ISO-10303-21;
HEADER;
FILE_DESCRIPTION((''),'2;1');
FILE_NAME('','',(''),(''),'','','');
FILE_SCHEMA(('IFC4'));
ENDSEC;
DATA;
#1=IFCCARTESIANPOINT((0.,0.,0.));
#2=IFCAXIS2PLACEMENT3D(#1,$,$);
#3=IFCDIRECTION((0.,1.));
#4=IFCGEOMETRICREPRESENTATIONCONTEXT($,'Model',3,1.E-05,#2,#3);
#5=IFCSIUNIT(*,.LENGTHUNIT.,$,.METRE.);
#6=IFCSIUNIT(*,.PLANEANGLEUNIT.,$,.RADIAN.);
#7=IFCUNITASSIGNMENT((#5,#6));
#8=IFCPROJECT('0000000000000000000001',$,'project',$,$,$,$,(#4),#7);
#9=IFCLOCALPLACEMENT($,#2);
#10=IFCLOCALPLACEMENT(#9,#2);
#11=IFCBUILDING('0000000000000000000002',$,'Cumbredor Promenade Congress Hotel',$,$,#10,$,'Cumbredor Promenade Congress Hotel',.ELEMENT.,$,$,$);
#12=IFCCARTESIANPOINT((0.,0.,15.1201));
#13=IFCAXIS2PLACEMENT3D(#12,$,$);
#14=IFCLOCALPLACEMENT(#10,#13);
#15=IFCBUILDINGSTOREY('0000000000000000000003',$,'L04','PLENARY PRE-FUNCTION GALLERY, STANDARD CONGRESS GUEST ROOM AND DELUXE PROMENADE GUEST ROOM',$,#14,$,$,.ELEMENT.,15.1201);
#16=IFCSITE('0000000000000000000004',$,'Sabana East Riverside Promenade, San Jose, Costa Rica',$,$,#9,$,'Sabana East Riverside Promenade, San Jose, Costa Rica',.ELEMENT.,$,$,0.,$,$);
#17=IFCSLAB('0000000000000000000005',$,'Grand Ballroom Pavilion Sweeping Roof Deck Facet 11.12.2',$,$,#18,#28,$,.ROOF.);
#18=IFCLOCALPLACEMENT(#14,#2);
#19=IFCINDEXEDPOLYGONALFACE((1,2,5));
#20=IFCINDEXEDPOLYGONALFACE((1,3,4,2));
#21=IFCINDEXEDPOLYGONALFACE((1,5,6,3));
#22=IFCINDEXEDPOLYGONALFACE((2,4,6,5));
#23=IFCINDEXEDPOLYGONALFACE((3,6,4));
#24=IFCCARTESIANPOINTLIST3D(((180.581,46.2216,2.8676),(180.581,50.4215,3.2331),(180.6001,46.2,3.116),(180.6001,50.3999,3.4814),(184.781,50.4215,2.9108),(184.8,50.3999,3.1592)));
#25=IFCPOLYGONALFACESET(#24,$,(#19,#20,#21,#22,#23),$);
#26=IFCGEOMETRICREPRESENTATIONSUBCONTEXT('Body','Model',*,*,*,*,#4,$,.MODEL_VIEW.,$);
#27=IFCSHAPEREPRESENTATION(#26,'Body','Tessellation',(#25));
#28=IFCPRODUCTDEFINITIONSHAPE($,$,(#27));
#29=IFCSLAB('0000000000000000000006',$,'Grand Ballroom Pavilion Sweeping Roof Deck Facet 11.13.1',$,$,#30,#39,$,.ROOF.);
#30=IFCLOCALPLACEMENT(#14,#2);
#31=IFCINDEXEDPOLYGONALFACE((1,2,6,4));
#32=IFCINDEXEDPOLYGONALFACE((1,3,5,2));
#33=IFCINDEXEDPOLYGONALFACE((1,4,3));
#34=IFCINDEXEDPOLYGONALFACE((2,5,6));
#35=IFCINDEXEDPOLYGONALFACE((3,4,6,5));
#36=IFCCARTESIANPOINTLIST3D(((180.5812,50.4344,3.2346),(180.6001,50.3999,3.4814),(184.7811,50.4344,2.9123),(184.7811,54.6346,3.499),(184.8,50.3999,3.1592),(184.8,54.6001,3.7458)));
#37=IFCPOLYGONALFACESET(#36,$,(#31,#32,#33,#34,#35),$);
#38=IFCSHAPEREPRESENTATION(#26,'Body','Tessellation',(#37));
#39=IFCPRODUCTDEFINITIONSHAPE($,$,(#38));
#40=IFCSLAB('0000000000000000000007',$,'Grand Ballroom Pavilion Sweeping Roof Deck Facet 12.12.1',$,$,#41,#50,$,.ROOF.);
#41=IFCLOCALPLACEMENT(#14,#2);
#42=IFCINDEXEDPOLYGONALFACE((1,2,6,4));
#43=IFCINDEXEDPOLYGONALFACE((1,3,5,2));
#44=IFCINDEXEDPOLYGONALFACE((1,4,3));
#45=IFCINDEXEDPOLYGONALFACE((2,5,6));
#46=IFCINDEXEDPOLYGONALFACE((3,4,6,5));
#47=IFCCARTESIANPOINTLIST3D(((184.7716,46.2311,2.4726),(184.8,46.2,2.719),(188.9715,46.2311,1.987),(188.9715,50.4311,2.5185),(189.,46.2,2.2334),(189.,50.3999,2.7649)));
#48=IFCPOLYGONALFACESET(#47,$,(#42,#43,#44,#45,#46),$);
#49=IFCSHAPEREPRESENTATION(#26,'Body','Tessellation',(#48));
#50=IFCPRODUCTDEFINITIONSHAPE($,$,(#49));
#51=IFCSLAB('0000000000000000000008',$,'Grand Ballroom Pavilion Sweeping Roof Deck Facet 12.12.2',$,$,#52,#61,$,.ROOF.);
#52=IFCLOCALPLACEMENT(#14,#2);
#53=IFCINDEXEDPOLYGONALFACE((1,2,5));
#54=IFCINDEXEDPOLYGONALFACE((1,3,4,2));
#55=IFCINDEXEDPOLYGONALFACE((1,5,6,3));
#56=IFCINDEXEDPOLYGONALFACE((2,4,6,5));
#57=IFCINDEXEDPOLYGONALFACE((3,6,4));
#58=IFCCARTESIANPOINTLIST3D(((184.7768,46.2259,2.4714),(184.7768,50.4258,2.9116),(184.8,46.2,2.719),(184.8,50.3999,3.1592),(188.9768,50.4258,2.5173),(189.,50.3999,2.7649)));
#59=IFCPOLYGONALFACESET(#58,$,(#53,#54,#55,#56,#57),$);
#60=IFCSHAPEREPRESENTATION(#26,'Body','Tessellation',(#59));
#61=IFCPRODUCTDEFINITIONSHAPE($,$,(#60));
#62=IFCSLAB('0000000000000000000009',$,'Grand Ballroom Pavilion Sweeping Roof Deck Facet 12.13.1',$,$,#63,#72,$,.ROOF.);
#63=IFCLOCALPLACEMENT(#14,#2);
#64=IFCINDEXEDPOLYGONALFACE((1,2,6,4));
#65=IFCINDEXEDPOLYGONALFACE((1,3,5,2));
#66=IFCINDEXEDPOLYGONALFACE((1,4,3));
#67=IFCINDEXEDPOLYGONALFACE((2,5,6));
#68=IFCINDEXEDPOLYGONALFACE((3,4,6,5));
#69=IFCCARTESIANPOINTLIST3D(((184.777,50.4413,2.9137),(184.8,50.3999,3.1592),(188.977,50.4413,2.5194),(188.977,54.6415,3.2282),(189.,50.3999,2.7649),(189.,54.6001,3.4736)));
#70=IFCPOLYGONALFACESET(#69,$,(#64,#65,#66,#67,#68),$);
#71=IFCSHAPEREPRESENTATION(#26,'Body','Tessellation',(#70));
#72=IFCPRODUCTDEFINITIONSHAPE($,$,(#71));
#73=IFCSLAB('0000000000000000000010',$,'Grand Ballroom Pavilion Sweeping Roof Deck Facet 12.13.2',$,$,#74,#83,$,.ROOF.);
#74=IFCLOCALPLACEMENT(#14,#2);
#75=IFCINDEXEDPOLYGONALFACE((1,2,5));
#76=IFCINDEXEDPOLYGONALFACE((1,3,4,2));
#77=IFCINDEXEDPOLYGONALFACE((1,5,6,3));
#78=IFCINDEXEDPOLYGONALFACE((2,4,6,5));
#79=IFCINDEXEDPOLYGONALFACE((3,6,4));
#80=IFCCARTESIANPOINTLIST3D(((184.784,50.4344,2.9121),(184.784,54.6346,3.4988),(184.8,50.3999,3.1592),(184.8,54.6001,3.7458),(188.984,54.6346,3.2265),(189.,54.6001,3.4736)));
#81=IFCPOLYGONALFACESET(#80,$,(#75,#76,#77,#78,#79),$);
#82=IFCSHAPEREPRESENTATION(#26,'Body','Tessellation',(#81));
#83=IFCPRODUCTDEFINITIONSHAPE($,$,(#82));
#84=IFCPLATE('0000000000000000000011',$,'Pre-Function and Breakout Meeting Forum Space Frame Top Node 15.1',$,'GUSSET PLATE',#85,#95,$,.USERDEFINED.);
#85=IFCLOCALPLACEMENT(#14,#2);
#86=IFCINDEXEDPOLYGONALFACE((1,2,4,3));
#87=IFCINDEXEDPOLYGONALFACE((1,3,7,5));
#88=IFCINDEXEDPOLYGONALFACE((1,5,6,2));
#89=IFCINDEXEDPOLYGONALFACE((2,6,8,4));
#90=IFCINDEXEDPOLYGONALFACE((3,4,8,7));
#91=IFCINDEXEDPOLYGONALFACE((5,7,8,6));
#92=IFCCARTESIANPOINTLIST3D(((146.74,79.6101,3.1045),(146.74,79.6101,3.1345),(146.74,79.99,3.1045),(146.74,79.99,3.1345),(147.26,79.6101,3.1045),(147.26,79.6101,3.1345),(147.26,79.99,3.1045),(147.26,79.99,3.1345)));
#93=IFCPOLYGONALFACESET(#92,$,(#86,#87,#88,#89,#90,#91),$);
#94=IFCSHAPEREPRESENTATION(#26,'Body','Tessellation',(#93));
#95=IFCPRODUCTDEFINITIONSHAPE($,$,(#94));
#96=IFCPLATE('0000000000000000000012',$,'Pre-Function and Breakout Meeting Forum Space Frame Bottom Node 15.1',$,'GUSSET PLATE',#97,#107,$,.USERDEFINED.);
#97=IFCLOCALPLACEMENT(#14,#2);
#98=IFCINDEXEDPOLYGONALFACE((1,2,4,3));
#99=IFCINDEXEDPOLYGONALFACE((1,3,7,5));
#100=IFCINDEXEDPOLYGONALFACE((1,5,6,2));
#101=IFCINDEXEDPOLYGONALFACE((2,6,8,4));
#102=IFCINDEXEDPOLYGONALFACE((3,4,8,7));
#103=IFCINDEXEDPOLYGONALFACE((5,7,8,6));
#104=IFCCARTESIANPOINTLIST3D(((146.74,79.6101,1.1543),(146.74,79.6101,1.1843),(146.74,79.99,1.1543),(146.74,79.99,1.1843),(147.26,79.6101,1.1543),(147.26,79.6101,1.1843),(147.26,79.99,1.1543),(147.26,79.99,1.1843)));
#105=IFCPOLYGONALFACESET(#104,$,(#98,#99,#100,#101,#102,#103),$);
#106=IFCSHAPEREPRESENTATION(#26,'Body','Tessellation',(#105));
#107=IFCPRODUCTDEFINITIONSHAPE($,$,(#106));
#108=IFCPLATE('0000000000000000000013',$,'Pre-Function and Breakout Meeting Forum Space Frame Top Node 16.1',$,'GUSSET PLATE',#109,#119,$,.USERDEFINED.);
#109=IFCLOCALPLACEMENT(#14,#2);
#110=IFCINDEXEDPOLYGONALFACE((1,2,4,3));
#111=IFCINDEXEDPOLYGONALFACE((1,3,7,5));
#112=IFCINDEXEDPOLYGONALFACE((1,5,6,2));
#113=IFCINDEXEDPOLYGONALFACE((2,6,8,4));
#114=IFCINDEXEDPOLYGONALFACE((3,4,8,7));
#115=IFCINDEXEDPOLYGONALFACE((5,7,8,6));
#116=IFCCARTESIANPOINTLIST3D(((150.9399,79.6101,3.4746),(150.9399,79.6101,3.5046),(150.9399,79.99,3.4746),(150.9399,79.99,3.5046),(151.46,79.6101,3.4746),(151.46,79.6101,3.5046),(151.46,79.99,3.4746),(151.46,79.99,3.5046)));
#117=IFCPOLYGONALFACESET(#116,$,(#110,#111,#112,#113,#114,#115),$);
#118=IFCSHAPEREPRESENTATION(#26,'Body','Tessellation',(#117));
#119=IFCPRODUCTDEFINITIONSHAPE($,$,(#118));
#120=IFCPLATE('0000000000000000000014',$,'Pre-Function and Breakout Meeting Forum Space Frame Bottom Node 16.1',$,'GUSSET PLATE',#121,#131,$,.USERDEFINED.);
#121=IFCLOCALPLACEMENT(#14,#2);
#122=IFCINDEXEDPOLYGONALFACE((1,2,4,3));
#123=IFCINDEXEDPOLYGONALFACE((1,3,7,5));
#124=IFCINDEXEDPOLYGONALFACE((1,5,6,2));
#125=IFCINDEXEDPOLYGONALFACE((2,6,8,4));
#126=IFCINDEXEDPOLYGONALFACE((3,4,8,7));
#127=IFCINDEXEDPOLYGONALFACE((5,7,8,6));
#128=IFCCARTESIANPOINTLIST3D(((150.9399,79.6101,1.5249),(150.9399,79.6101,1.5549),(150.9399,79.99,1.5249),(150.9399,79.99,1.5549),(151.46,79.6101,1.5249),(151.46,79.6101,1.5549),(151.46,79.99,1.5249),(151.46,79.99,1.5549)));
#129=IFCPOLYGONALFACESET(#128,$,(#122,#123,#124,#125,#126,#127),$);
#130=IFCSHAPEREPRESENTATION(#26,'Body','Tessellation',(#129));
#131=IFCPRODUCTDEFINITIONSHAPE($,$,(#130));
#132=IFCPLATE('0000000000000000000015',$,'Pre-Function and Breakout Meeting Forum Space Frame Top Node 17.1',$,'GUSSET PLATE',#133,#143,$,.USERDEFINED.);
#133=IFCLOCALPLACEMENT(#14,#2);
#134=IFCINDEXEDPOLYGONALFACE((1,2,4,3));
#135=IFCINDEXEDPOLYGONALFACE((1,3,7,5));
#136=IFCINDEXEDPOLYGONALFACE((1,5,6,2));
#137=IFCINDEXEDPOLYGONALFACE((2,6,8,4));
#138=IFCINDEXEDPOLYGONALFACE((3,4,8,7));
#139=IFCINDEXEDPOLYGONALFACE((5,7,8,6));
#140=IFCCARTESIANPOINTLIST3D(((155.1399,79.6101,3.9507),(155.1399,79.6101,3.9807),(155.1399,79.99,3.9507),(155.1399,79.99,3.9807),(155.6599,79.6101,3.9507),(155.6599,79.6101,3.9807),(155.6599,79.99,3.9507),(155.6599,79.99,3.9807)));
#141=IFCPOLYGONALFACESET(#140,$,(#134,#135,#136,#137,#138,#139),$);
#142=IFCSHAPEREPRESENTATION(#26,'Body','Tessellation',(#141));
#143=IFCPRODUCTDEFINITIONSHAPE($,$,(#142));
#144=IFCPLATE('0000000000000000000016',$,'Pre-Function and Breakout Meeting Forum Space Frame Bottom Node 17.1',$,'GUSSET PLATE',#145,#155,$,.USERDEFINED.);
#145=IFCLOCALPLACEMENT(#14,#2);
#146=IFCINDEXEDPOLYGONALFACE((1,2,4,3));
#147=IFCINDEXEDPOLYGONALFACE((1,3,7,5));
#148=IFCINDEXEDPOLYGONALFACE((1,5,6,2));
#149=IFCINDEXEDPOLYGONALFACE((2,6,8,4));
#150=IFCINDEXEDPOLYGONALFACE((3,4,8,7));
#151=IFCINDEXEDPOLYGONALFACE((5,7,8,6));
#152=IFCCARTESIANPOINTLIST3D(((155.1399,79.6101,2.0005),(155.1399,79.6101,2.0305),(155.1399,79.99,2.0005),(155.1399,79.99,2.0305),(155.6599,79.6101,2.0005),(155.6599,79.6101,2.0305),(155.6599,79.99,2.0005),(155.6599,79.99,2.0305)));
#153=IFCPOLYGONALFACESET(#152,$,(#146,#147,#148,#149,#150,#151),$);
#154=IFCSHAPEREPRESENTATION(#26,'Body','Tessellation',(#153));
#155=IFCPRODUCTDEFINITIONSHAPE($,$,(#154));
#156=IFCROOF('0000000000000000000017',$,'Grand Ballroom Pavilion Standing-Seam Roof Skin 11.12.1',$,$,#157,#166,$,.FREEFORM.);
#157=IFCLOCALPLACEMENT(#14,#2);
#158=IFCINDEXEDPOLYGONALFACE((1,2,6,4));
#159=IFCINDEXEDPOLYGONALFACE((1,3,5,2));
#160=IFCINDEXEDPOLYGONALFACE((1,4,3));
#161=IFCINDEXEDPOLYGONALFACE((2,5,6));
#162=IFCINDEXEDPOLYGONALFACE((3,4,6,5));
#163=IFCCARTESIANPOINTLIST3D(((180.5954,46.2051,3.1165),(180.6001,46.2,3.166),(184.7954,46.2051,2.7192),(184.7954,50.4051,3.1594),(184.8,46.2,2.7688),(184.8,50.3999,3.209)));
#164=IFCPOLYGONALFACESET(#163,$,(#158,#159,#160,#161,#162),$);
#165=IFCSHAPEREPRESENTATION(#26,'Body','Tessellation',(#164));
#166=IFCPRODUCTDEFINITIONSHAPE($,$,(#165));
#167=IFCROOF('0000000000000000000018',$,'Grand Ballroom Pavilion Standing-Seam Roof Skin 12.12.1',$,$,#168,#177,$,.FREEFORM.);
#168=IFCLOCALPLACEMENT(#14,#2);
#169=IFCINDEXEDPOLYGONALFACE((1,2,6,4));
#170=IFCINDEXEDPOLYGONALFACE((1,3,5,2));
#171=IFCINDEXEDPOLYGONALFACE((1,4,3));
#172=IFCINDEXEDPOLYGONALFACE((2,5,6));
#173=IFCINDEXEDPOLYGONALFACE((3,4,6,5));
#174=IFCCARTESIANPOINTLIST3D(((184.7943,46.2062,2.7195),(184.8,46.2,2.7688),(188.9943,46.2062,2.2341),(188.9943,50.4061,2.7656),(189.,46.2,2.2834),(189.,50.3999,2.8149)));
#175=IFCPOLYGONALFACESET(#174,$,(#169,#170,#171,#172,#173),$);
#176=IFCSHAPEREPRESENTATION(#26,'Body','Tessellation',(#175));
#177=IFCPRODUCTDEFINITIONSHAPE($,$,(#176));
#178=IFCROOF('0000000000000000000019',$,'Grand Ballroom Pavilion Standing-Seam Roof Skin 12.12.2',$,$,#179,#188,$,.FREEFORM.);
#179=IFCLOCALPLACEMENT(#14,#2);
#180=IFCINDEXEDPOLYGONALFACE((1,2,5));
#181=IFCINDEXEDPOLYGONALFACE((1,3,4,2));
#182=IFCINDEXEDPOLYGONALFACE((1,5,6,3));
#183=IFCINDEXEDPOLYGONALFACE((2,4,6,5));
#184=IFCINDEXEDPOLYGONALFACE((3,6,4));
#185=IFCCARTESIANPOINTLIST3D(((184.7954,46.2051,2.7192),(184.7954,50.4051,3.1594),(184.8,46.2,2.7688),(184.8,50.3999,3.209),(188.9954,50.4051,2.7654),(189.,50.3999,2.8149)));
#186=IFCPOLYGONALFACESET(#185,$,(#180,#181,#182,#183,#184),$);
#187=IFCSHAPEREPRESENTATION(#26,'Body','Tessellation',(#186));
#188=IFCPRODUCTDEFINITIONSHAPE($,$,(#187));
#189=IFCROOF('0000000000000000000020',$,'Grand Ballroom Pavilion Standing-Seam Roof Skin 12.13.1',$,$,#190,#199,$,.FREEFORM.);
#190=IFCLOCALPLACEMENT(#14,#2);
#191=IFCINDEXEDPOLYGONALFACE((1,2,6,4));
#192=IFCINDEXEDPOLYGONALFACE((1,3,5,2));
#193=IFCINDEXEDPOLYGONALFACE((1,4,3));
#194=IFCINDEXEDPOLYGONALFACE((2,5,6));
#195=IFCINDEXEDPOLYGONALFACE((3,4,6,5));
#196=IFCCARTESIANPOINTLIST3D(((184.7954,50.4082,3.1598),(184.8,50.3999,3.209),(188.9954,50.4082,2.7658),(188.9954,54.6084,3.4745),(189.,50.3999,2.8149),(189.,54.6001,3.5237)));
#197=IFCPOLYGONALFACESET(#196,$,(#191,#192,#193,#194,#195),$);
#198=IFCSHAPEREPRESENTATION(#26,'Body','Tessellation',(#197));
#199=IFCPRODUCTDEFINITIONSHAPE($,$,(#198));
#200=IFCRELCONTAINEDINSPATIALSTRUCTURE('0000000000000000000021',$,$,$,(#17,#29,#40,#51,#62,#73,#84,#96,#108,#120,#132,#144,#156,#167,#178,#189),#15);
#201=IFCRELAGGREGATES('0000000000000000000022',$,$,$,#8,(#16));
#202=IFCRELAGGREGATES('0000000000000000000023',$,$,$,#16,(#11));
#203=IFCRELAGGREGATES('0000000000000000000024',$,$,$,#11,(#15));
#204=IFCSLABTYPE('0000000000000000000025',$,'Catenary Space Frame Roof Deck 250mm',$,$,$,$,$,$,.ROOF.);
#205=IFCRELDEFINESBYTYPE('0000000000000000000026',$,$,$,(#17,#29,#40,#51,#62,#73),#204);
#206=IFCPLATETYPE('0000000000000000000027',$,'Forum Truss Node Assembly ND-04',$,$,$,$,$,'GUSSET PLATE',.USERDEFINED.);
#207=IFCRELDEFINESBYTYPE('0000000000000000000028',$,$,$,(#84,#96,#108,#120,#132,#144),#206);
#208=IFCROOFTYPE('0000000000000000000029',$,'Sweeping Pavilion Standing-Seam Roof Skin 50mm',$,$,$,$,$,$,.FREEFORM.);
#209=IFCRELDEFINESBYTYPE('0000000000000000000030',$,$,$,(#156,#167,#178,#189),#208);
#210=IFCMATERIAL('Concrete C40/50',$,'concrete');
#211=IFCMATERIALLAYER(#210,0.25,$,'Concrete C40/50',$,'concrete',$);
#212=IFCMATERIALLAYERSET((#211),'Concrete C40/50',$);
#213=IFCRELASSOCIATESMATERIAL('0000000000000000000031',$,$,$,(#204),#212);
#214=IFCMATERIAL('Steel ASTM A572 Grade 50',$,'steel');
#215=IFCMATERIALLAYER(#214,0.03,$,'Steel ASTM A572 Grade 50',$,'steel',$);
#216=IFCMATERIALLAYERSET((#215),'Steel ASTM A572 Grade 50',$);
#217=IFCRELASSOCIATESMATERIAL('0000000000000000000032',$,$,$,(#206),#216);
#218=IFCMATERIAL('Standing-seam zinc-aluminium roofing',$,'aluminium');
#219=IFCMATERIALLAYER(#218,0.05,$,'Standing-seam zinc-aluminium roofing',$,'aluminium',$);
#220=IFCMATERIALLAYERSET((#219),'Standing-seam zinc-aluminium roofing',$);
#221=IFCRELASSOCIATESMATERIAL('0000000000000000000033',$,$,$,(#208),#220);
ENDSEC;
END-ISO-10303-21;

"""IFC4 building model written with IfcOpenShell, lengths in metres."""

from ifc_helpers import new_model, si_unit, direction, frame, origin, origin_2d, place, context, subcontext, project, spatial, polyline, rectangle, outline, extrude, material, layer, layer_set, type_object, element, save


model = new_model("IFC4")

# Units and contexts
model_context = context("Model", 3, precision=1e-05, world=origin(), true_north=direction((0.0, 1.0)))
body_context = subcontext(model_context, "Body", "Model", "MODEL_VIEW")
ifc_project = project(units=[si_unit("LENGTHUNIT", "METRE"), si_unit("PLANEANGLEUNIT", "RADIAN")], contexts=[model_context])

# Site, building, storey
site_placement = place(None, origin())
site = spatial("IfcSite", under=ifc_project, at=site_placement, Name="Sabana East Riverside Promenade, San Jose, Costa Rica", LongName="Sabana East Riverside Promenade, San Jose, Costa Rica", CompositionType="ELEMENT", RefElevation=0.0)
building_placement = place(site_placement, origin())
building = spatial("IfcBuilding", under=site, at=building_placement, Name="Cumbredor Promenade Congress Hotel", LongName="Cumbredor Promenade Congress Hotel", CompositionType="ELEMENT")
storey_placement = place(building_placement, frame((0.0, 0.0, 15.1201)))
storey = spatial("IfcBuildingStorey", under=building, at=storey_placement, Name="L04", Description="PLENARY PRE-FUNCTION GALLERY, STANDARD CONGRESS GUEST ROOM AND DELUXE PROMENADE GUEST ROOM", CompositionType="ELEMENT", Elevation=15.1201)

# Slabs
ifc_material_1 = material(Name="Concrete C40/50", Category="concrete")
ifc_layer_1 = layer(ifc_material_1, 0.25, Name="Concrete C40/50", Category="concrete")
ifc_layer_set_1 = layer_set([ifc_layer_1], Name="Concrete C40/50")
slab_type = type_object("IfcSlabType", Name="Catenary Space Frame Roof Deck 250mm", PredefinedType="ROOF", material=ifc_layer_set_1)
slab_1_placement = place(storey_placement, frame((180.6001, 46.2, 3.116), z_axis=(0.07622, -0.08644, 0.993337), x_axis=(0.707088, 0.707088, 0.007275)))
element("IfcSlab", 1, at=slab_1_placement, inside=storey, type_object=slab_type, Name="Grand Ballroom Pavilion Sweeping Roof Deck Facet 11.12.2", PredefinedType="ROOF", context=body_context, shape_type="SweptSolid", body=[
    extrude(outline(polyline([(0.0, 0.0), (5.9398, 0.0), (2.9724, 2.9897), (0.0, 0.0)])), origin(), (0.0, 0.0, -1.0), 0.25),
])
slab_2_placement = place(storey_placement, frame((180.6001, 50.3999, 3.4814), z_axis=(0.075775, -0.137936, 0.987538), x_axis=(0.997069, 0.0, -0.076506)))
element("IfcSlab", 2, at=slab_2_placement, inside=storey, type_object=slab_type, Name="Grand Ballroom Pavilion Sweeping Roof Deck Facet 11.13.1", PredefinedType="ROOF", context=body_context, shape_type="SweptSolid", body=[
    extrude(outline(polyline([(0.0, 0.0), (4.2123, 0.0), (4.1674, 4.2407), (0.0, 0.0)])), origin(), (0.0, 0.0, -1.0), 0.25),
])
slab_3_placement = place(storey_placement, frame((184.8, 46.2, 2.719), z_axis=(0.113957, -0.124729, 0.985625), x_axis=(0.993382, 0.0, -0.114854)))
element("IfcSlab", 3, at=slab_3_placement, inside=storey, type_object=slab_type, Name="Grand Ballroom Pavilion Sweeping Roof Deck Facet 12.12.1", PredefinedType="ROOF", context=body_context, shape_type="SweptSolid", body=[
    extrude(outline(polyline([(0.0, 0.0), (4.2279, 0.0), (4.1669, 4.233), (0.0, 0.0)])), origin(), (0.0, 0.0, -1.0), 0.25),
])
slab_4_placement = place(storey_placement, frame((184.8, 46.2, 2.719), z_axis=(0.092963, -0.103785, 0.990246), x_axis=(0.707086, 0.707086, 0.007727)))
element("IfcSlab", 4, at=slab_4_placement, inside=storey, type_object=slab_type, Name="Grand Ballroom Pavilion Sweeping Roof Deck Facet 12.12.2", PredefinedType="ROOF", context=body_context, shape_type="SweptSolid", body=[
    extrude(outline(polyline([(0.0, 0.0), (5.9398, 0.0), (2.9731, 2.999), (0.0, 0.0)])), origin(), (0.0, 0.0, -1.0), 0.25),
])
slab_5_placement = place(storey_placement, frame((184.8, 50.3999, 3.1592), z_axis=(0.092176, -0.165679, 0.981862), x_axis=(0.995622, 0.0, -0.093468)))
element("IfcSlab", 5, at=slab_5_placement, inside=storey, type_object=slab_type, Name="Grand Ballroom Pavilion Sweeping Roof Deck Facet 12.13.1", PredefinedType="ROOF", context=body_context, shape_type="SweptSolid", body=[
    extrude(outline(polyline([(0.0, 0.0), (4.2184, 0.0), (4.1522, 4.2591), (0.0, 0.0)])), origin(), (0.0, 0.0, -1.0), 0.25),
])
slab_6_placement = place(storey_placement, frame((184.8, 50.3999, 3.1592), z_axis=(0.064059, -0.13805, 0.988351), x_axis=(0.706097, 0.706138, 0.052866)))
element("IfcSlab", 6, at=slab_6_placement, inside=storey, type_object=slab_type, Name="Grand Ballroom Pavilion Sweeping Roof Deck Facet 12.13.2", PredefinedType="ROOF", context=body_context, shape_type="SweptSolid", body=[
    extrude(outline(polyline([(0.0, 0.0), (5.9481, 0.0), (2.9969, 3.0007), (0.0, 0.0)])), origin(), (0.0, 0.0, -1.0), 0.25),
])

# Plates
ifc_material_2 = material(Name="Steel ASTM A572 Grade 50", Category="steel")
ifc_layer_2 = layer(ifc_material_2, 0.03, Name="Steel ASTM A572 Grade 50", Category="steel")
ifc_layer_set_2 = layer_set([ifc_layer_2], Name="Steel ASTM A572 Grade 50")
plate_type = type_object("IfcPlateType", Name="Forum Truss Node Assembly ND-04", ElementType="GUSSET PLATE", PredefinedType="USERDEFINED", material=ifc_layer_set_2)
for number, where, z_axis, x_axis, name in (
    (7, (147.0, 79.8, 3.1045), (0.0, 0.0, 1.0), (1.0, 0.0, 0.0), "Pre-Function and Breakout Meeting Forum Space Frame Top Node 15.1"),
    (8, (147.0, 79.8, 1.1543), (0.0, 0.0, 1.0), (1.0, 0.0, 0.0), "Pre-Function and Breakout Meeting Forum Space Frame Bottom Node 15.1"),
    (9, (151.2, 79.8, 3.4746), (0.0, 0.0, 1.0), (1.0, 0.0, 0.0), "Pre-Function and Breakout Meeting Forum Space Frame Top Node 16.1"),
    (10, (151.2, 79.8, 1.5249), (0.0, 0.0, 1.0), (1.0, 0.0, 0.0), "Pre-Function and Breakout Meeting Forum Space Frame Bottom Node 16.1"),
    (11, (155.3999, 79.8, 3.9507), (0.0, 0.0, 1.0), (1.0, 0.0, 0.0), "Pre-Function and Breakout Meeting Forum Space Frame Top Node 17.1"),
    (12, (155.3999, 79.8, 2.0005), (0.0, 0.0, 1.0), (1.0, 0.0, 0.0), "Pre-Function and Breakout Meeting Forum Space Frame Bottom Node 17.1"),
):
    element("IfcPlate", number, at=place(storey_placement, frame(where, z_axis=z_axis, x_axis=x_axis)), inside=storey, type_object=plate_type, Name=name, ObjectType="GUSSET PLATE", PredefinedType="USERDEFINED", context=body_context, shape_type="SweptSolid", body=[
        extrude(rectangle(XDim=0.52, YDim=0.3799, at=origin_2d()), origin(), (0.0, 0.0, 1.0), 0.03),
    ])

# Roofs
ifc_material_3 = material(Name="Standing-seam zinc-aluminium roofing", Category="aluminium")
ifc_layer_3 = layer(ifc_material_3, 0.05, Name="Standing-seam zinc-aluminium roofing", Category="aluminium")
ifc_layer_set_3 = layer_set([ifc_layer_3], Name="Standing-seam zinc-aluminium roofing")
roof_type = type_object("IfcRoofType", Name="Sweeping Pavilion Standing-Seam Roof Skin 50mm", PredefinedType="FREEFORM", material=ifc_layer_set_3)
roof_1_placement = place(storey_placement, frame((180.6001, 46.2, 3.166), z_axis=(0.093648, -0.103778, 0.990182), x_axis=(0.995557, 0.0, -0.094156)))
element("IfcRoof", 13, at=roof_1_placement, inside=storey, type_object=roof_type, Name="Grand Ballroom Pavilion Standing-Seam Roof Skin 11.12.1", PredefinedType="FREEFORM", context=body_context, shape_type="SweptSolid", body=[
    extrude(outline(polyline([(0.0, 0.0), (4.2187, 0.0), (4.1772, 4.2228), (0.0, 0.0)])), origin(), (0.0, 0.0, -1.0), 0.05),
])
roof_2_placement = place(storey_placement, frame((184.8, 46.2, 2.7688), z_axis=(0.113901, -0.124729, 0.985631), x_axis=(0.993389, 0.0, -0.114797)))
element("IfcRoof", 14, at=roof_2_placement, inside=storey, type_object=roof_type, Name="Grand Ballroom Pavilion Standing-Seam Roof Skin 12.12.1", PredefinedType="FREEFORM", context=body_context, shape_type="SweptSolid", body=[
    extrude(outline(polyline([(0.0, 0.0), (4.2279, 0.0), (4.1669, 4.233), (0.0, 0.0)])), origin(), (0.0, 0.0, -1.0), 0.05),
])
roof_3_placement = place(storey_placement, frame((184.8, 46.2, 2.7688), z_axis=(0.092906, -0.103786, 0.990251), x_axis=(0.707085, 0.707085, 0.007768)))
element("IfcRoof", 15, at=roof_3_placement, inside=storey, type_object=roof_type, Name="Grand Ballroom Pavilion Standing-Seam Roof Skin 12.12.2", PredefinedType="FREEFORM", context=body_context, shape_type="SweptSolid", body=[
    extrude(outline(polyline([(0.0, 0.0), (5.9398, 0.0), (2.9731, 2.999), (0.0, 0.0)])), origin(), (0.0, 0.0, -1.0), 0.05),
])
roof_4_placement = place(storey_placement, frame((184.8, 50.3999, 3.209), z_axis=(0.09212, -0.16568, 0.981868), x_axis=(0.995628, 0.0, -0.093411)))
element("IfcRoof", 16, at=roof_4_placement, inside=storey, type_object=roof_type, Name="Grand Ballroom Pavilion Standing-Seam Roof Skin 12.13.1", PredefinedType="FREEFORM", context=body_context, shape_type="SweptSolid", body=[
    extrude(outline(polyline([(0.0, 0.0), (4.2184, 0.0), (4.1522, 4.2591), (0.0, 0.0)])), origin(), (0.0, 0.0, -1.0), 0.05),
])

save(model, "model.ifc")
